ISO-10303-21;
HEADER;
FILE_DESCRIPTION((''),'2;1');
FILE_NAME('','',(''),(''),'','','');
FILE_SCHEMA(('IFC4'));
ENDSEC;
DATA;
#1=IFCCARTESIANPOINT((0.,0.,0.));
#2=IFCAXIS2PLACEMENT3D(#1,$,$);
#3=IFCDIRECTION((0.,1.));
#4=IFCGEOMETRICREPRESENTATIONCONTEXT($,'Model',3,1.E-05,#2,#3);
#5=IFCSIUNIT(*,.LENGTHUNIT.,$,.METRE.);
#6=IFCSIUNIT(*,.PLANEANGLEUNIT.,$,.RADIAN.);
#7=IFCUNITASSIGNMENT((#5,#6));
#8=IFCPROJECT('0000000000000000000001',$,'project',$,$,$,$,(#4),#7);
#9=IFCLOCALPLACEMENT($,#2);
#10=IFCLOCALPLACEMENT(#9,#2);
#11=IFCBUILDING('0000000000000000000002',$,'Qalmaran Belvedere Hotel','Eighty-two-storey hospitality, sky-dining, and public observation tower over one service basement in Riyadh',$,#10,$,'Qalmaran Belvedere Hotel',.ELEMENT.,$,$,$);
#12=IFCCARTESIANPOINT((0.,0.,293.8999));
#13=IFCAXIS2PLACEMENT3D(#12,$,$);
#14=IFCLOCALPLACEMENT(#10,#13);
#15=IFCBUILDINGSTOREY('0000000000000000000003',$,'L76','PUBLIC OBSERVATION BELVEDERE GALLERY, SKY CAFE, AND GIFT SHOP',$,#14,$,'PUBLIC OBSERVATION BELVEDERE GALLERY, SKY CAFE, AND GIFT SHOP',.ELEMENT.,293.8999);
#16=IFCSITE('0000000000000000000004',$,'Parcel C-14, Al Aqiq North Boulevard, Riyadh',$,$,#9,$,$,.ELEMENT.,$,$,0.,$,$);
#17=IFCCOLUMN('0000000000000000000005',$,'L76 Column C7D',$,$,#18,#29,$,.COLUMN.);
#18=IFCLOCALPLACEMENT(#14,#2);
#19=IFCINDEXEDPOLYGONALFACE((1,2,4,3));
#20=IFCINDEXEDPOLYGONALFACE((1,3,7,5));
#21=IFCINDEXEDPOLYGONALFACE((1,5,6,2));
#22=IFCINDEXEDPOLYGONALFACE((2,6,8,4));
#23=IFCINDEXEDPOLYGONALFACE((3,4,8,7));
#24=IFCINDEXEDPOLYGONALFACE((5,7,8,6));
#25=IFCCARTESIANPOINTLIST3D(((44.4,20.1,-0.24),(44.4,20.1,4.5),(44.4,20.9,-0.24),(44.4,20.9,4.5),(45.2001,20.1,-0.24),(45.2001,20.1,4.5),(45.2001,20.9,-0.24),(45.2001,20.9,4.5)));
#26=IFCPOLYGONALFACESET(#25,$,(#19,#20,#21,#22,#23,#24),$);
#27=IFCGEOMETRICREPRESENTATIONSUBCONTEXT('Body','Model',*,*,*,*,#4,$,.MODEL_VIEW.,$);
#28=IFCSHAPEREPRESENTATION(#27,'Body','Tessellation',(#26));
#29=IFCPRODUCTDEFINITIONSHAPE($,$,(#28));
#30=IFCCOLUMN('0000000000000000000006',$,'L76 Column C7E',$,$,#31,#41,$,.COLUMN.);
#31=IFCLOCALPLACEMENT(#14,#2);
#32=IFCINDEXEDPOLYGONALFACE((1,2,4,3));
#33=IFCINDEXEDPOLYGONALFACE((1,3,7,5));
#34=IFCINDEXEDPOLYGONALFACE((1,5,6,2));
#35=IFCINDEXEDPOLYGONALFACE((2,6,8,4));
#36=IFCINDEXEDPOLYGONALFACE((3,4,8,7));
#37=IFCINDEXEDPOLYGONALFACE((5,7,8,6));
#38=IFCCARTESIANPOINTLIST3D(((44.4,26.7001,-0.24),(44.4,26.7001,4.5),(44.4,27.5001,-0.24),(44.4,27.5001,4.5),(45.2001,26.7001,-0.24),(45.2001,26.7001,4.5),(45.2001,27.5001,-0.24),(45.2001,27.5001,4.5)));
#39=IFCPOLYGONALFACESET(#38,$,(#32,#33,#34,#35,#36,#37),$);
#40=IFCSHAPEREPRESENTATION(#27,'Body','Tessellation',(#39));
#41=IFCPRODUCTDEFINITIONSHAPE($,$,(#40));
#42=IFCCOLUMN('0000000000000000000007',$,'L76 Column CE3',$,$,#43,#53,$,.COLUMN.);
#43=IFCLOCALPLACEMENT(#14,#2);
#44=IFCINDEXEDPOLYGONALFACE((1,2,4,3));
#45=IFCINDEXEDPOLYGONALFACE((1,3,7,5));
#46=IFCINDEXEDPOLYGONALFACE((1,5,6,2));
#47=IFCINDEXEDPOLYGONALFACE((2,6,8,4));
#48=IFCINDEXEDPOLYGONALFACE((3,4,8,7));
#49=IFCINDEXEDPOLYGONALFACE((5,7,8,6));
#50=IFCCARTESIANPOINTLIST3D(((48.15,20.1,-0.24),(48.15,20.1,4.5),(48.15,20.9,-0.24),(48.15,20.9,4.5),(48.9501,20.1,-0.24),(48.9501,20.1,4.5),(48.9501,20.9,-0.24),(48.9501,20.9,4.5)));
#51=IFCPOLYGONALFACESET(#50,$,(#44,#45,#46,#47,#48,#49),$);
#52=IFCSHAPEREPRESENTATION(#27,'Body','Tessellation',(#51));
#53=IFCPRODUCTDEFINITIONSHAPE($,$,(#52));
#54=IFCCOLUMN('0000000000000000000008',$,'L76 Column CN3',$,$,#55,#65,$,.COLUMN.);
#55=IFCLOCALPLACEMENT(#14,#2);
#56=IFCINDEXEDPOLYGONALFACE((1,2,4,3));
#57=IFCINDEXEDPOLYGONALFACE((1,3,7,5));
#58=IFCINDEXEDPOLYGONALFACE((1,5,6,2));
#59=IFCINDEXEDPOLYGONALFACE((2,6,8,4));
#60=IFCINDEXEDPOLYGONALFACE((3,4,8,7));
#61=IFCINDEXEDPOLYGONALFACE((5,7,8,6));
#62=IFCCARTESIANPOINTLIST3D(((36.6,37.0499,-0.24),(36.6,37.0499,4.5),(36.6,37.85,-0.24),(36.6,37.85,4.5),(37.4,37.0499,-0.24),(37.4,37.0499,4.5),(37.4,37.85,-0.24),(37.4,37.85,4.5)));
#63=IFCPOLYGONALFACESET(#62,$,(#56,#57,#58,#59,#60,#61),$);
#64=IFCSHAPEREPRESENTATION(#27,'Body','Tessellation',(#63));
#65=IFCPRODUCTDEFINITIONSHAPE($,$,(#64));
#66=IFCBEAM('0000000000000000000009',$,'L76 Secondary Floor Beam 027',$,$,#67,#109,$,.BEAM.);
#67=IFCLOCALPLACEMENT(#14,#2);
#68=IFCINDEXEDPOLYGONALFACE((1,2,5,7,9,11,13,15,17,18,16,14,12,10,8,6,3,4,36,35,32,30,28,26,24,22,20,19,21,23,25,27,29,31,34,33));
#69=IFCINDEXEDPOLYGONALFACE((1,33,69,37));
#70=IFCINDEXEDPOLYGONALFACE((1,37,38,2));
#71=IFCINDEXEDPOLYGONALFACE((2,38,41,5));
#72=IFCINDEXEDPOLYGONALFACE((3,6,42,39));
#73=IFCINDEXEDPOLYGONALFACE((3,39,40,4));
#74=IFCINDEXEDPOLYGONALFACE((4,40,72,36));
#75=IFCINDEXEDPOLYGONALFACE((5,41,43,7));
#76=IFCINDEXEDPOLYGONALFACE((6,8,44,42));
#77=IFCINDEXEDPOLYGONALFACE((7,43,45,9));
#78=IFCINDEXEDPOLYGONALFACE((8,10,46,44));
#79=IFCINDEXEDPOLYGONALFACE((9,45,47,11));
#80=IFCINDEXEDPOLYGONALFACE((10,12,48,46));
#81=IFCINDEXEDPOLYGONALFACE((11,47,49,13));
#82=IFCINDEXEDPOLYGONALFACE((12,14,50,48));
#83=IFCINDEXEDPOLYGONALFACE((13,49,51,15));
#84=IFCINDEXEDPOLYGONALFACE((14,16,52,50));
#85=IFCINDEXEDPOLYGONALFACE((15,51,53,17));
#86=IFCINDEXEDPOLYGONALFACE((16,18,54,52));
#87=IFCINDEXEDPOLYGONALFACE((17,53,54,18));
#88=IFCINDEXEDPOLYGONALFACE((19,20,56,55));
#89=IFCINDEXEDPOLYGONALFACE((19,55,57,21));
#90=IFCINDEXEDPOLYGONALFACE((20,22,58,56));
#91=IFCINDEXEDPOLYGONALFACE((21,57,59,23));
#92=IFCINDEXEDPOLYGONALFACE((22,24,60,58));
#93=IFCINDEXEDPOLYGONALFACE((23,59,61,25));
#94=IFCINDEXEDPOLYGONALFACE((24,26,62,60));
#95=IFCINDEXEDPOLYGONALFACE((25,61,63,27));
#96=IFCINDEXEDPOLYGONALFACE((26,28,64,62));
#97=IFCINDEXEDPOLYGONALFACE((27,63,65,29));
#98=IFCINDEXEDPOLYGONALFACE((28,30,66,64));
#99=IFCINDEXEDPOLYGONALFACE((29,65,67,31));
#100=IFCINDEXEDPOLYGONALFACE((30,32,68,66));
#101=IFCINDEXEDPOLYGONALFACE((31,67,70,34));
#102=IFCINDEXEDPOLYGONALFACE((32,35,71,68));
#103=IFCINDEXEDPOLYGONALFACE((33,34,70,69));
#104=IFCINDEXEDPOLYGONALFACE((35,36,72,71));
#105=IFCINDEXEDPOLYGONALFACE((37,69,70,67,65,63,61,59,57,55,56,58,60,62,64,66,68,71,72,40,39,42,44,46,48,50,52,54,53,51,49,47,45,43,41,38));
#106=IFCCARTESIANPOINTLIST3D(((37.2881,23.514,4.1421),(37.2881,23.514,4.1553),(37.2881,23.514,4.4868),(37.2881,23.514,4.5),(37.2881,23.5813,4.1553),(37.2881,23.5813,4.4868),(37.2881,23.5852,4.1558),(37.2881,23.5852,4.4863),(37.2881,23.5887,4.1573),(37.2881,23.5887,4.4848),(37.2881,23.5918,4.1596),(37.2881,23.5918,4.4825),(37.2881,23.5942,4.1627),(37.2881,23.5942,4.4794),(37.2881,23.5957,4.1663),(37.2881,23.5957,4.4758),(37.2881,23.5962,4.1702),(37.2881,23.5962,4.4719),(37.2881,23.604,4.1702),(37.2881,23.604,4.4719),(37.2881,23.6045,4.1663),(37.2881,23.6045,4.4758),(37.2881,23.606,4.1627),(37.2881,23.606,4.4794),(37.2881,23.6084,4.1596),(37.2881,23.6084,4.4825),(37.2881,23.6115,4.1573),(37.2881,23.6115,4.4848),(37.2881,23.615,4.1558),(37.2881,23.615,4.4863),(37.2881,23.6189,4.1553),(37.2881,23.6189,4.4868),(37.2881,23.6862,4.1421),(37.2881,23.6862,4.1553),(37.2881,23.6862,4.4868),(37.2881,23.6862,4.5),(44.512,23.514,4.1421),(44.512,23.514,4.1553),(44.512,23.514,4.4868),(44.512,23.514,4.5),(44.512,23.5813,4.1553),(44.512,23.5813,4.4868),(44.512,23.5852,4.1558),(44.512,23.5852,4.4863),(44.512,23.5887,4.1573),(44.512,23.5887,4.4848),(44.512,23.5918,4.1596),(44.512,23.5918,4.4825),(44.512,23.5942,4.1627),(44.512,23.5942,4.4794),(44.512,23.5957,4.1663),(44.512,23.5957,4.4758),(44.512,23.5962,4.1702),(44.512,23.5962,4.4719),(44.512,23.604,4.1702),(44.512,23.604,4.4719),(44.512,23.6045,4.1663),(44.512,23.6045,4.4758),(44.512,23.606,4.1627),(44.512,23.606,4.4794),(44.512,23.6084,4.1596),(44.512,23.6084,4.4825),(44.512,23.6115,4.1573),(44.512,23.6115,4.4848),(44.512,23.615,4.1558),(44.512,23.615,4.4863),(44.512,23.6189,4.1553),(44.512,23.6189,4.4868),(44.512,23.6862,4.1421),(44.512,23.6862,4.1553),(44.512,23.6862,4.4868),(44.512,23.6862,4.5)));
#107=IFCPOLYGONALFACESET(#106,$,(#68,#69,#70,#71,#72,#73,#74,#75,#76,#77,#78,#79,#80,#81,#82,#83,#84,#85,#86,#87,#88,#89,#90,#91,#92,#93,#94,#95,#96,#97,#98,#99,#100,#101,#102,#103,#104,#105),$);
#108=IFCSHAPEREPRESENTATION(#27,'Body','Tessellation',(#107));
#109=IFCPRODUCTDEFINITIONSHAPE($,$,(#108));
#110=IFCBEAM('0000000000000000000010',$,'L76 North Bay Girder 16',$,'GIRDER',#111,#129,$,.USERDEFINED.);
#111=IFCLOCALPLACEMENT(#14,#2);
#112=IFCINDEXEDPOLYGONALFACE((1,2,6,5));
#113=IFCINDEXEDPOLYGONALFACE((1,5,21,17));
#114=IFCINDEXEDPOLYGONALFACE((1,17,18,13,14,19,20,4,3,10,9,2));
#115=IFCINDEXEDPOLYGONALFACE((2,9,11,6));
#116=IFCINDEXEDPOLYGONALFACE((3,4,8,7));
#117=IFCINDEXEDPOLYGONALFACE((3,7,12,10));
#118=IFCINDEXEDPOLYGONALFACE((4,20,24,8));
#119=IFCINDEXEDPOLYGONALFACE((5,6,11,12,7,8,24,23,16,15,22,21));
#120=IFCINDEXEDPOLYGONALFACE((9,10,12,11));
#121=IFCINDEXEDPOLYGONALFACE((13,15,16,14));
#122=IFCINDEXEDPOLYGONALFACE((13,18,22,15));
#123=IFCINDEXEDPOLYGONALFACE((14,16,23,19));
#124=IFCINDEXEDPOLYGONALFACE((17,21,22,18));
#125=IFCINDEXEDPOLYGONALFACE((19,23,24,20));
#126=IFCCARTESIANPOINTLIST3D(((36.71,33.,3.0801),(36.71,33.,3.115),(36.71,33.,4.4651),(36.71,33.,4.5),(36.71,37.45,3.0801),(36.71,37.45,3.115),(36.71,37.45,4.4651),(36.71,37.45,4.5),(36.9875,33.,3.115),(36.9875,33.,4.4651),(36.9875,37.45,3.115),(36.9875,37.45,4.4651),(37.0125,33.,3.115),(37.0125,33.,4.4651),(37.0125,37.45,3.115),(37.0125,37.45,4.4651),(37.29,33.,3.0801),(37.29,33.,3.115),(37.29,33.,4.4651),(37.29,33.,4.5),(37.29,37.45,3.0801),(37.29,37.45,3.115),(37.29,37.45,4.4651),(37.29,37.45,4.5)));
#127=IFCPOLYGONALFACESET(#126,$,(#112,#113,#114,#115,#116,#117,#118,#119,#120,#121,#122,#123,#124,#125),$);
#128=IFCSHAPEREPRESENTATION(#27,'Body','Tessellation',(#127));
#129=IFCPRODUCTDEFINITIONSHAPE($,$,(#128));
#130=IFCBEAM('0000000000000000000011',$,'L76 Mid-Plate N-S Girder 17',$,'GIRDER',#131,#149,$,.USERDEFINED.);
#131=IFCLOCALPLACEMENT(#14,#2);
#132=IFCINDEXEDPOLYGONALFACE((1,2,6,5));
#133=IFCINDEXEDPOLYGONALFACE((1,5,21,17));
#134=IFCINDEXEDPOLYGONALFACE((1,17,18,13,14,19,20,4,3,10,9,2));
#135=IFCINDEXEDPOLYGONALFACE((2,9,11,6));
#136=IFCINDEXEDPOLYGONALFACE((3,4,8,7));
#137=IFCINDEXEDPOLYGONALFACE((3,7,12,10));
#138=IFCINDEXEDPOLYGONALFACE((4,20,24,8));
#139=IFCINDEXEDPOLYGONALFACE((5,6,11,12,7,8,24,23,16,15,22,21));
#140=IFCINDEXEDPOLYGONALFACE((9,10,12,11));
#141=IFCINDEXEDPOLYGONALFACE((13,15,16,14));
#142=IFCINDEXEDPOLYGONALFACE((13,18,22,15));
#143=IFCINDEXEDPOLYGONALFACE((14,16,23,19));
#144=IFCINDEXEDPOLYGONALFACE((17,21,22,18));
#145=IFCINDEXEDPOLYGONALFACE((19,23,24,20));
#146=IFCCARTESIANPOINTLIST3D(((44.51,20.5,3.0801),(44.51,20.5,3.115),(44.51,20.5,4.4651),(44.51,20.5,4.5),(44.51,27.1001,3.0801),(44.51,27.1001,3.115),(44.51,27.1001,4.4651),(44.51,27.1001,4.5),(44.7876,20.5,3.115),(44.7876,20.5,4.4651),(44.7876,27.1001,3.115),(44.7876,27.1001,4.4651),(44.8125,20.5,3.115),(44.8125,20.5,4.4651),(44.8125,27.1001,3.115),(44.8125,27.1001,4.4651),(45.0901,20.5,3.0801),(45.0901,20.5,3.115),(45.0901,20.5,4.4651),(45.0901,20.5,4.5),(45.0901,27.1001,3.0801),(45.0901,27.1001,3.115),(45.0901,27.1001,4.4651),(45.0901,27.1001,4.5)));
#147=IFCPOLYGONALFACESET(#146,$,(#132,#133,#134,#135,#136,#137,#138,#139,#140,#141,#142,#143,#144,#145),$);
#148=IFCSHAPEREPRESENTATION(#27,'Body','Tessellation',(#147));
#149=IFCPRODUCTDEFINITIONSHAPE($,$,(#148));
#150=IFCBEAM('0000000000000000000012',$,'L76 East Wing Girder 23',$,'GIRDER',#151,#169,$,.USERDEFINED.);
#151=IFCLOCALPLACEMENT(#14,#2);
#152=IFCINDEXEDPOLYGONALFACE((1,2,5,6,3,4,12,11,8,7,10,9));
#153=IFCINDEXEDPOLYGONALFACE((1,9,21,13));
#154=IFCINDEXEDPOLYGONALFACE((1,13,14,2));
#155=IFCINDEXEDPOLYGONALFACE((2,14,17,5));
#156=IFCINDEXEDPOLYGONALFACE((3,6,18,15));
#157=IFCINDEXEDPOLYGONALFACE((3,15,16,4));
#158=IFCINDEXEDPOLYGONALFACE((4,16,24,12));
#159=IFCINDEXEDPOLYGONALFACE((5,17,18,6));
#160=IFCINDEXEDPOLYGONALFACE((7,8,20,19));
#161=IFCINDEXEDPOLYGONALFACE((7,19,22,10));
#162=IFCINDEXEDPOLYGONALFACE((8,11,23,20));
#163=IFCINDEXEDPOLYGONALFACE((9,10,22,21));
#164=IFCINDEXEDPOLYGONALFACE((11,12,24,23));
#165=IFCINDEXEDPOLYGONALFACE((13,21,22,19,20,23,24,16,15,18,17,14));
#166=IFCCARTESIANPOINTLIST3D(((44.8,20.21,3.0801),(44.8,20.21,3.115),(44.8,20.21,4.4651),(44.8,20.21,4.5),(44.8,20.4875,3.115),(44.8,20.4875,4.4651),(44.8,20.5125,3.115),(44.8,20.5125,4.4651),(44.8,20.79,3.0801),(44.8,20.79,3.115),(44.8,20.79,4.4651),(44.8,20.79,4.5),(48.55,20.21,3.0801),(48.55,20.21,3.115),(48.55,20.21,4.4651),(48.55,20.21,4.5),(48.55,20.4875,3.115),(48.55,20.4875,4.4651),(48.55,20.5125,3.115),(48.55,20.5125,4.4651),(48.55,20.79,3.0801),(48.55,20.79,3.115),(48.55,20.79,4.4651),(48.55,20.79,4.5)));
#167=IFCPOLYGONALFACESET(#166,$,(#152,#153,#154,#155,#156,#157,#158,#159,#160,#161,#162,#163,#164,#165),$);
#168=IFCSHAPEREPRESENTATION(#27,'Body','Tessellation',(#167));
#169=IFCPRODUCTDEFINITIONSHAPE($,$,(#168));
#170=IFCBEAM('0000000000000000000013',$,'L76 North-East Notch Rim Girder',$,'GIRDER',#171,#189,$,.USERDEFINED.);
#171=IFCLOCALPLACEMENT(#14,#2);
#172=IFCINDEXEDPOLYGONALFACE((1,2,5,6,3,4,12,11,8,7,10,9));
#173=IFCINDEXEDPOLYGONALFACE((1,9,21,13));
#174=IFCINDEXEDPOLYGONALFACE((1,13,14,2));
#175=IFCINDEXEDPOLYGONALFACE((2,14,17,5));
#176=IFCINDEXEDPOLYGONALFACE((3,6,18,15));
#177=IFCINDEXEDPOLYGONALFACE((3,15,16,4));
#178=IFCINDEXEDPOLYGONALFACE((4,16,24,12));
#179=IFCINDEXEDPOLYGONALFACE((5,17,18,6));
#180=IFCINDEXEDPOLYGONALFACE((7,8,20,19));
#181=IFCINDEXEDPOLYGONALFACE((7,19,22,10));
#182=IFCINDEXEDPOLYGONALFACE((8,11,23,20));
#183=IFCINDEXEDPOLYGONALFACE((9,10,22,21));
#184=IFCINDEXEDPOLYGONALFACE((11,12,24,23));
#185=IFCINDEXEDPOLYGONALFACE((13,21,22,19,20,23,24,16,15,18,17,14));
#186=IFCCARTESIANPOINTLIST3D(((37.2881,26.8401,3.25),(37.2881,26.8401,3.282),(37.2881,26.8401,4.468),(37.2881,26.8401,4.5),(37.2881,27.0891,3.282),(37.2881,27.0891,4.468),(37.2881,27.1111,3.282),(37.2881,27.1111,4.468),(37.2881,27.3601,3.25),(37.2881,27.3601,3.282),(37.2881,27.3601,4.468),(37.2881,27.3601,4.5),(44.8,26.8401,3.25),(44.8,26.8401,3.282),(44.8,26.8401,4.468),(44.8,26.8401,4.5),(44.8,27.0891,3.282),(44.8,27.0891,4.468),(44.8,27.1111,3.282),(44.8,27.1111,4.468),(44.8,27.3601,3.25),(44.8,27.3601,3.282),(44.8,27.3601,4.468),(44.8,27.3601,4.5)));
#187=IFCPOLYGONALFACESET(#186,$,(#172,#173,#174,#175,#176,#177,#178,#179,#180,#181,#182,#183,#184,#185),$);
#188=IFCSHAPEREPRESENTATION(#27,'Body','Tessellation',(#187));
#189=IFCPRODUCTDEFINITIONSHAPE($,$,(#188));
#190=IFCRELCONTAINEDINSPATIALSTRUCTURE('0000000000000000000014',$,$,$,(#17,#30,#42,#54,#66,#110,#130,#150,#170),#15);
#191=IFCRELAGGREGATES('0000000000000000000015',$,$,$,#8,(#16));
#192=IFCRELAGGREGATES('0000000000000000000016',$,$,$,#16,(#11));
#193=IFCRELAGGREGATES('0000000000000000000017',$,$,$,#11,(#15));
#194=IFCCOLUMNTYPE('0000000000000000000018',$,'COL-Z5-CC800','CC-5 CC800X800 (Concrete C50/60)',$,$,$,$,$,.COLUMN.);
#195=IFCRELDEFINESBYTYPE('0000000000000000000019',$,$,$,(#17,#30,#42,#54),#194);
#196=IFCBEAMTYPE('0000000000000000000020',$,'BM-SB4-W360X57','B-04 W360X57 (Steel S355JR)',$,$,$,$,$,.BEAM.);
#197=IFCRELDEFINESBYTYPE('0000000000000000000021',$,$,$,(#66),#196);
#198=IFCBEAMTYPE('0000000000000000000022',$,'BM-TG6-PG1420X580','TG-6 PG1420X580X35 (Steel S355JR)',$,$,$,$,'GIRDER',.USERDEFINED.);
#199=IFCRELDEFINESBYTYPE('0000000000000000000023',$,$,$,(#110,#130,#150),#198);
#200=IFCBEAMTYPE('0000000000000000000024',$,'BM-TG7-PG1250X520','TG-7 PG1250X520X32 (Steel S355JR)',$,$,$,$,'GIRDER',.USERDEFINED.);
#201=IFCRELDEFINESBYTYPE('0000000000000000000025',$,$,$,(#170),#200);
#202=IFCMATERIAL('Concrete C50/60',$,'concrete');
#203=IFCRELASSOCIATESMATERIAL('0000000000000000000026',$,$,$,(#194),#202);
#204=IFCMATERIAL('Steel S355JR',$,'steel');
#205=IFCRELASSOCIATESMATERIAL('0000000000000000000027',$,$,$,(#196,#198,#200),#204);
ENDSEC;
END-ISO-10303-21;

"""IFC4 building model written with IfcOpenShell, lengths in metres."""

from ifc_helpers import new_model, si_unit, direction, frame, origin, origin_2d, place, context, subcontext, project, spatial, rectangle, i_section, extrude, material, material_profile, profile_set, type_object, element, save


model = new_model("IFC4")

# Units and contexts
model_context = context("Model", 3, precision=1e-05, world=origin(), true_north=direction((0.0, 1.0)))
body_context = subcontext(model_context, "Body", "Model", "MODEL_VIEW")
ifc_project = project(units=[si_unit("LENGTHUNIT", "METRE"), si_unit("PLANEANGLEUNIT", "RADIAN")], contexts=[model_context])

# Site, building, storey
site_placement = place(None, origin())
site = spatial("IfcSite", under=ifc_project, at=site_placement, Name="Parcel C-14, Al Aqiq North Boulevard, Riyadh", CompositionType="ELEMENT", RefElevation=0.0)
building_placement = place(site_placement, origin())
building = spatial("IfcBuilding", under=site, at=building_placement, Name="Qalmaran Belvedere Hotel", Description="Eighty-two-storey hospitality, sky-dining, and public observation tower over one service basement in Riyadh", LongName="Qalmaran Belvedere Hotel", CompositionType="ELEMENT")
storey_placement = place(building_placement, frame((0.0, 0.0, 293.8999)))
storey = spatial("IfcBuildingStorey", under=building, at=storey_placement, Name="L76", Description="PUBLIC OBSERVATION BELVEDERE GALLERY, SKY CAFE, AND GIFT SHOP", LongName="PUBLIC OBSERVATION BELVEDERE GALLERY, SKY CAFE, AND GIFT SHOP", CompositionType="ELEMENT", Elevation=293.8999)

# Columns
ifc_material_1 = material(Name="Concrete C50/60", Category="concrete")
ifc_material_profile_1 = material_profile(ifc_material_1, rectangle(XDim=0.8, YDim=0.8, at=origin_2d()), Name="CC800X800")
ifc_profile_set_1 = profile_set([ifc_material_profile_1], Name="Concrete C50/60")
column_type = type_object("IfcColumnType", Name="COL-Z5-CC800", Description="CC-5 CC800X800 (Concrete C50/60)", PredefinedType="COLUMN", material=ifc_profile_set_1)
for number, where, z_axis, x_axis, name in (
    (1, (44.8, 20.5, -0.24), (0.0, 0.0, 1.0), (1.0, 0.0, 0.0), "L76 Column C7D"),
    (2, (44.8, 27.1001, -0.24), (0.0, 0.0, 1.0), (1.0, 0.0, 0.0), "L76 Column C7E"),
    (3, (48.55, 20.5, -0.24), (0.0, 0.0, 1.0), (1.0, 0.0, 0.0), "L76 Column CE3"),
    (4, (37.0, 37.45, -0.24), (0.0, 0.0, 1.0), (1.0, 0.0, 0.0), "L76 Column CN3"),
):
    element("IfcColumn", number, at=place(storey_placement, frame(where, z_axis=z_axis, x_axis=x_axis)), inside=storey, type_object=column_type, Name=name, PredefinedType="COLUMN", context=body_context, shape_type="SweptSolid", body=[
        extrude(rectangle(XDim=0.8, YDim=0.8, at=origin_2d()), origin(), (0.0, 0.0, 1.0), 4.74),
    ])

# Beams
ifc_material_2 = material(Name="Steel S355JR", Category="steel")
ifc_material_profile_2 = material_profile(ifc_material_2, i_section(OverallWidth=0.1721, OverallDepth=0.3579, WebThickness=0.0078, FlangeThickness=0.0132, FilletRadius=0.0149, at=origin_2d()), Name="W360X57")
ifc_profile_set_2 = profile_set([ifc_material_profile_2], Name="Steel S355JR")
beam_type_1 = type_object("IfcBeamType", Name="BM-SB4-W360X57", Description="B-04 W360X57 (Steel S355JR)", PredefinedType="BEAM", material=ifc_profile_set_2)
beam_1_placement = place(storey_placement, frame((37.2881, 23.6001, 4.321), z_axis=(1.0, 0.0, 0.0), x_axis=(0.0, 1.0, 0.0)))
element("IfcBeam", 5, at=beam_1_placement, inside=storey, type_object=beam_type_1, Name="L76 Secondary Floor Beam 027", PredefinedType="BEAM", context=body_context, shape_type="SweptSolid", body=[
    extrude(i_section(OverallWidth=0.1721, OverallDepth=0.3579, WebThickness=0.0078, FlangeThickness=0.0132, FilletRadius=0.0149, at=origin_2d()), origin(), (0.0, 0.0, 1.0), 7.2239),
])
ifc_material_profile_3 = material_profile(ifc_material_2, i_section(OverallWidth=0.5801, OverallDepth=1.4199, WebThickness=0.0249, FlangeThickness=0.0349, at=origin_2d()), Name="PG1420X580X35")
ifc_profile_set_3 = profile_set([ifc_material_profile_3], Name="Steel S355JR")
beam_type_2 = type_object("IfcBeamType", Name="BM-TG6-PG1420X580", Description="TG-6 PG1420X580X35 (Steel S355JR)", ElementType="GIRDER", PredefinedType="USERDEFINED", material=ifc_profile_set_3)
beam_2_placement = place(storey_placement, frame((37.0, 33.0, 3.79), z_axis=(0.0, 1.0, 0.0), x_axis=(-1.0, 0.0, 0.0)))
element("IfcBeam", 6, at=beam_2_placement, inside=storey, type_object=beam_type_2, Name="L76 North Bay Girder 16", ObjectType="GIRDER", PredefinedType="USERDEFINED", context=body_context, shape_type="SweptSolid", body=[
    extrude(i_section(OverallWidth=0.5801, OverallDepth=1.4199, WebThickness=0.0249, FlangeThickness=0.0349, at=origin_2d()), origin(), (0.0, 0.0, 1.0), 4.45),
])
beam_3_placement = place(storey_placement, frame((44.8, 20.5, 3.79), z_axis=(0.0, 1.0, 0.0), x_axis=(-1.0, 0.0, 0.0)))
element("IfcBeam", 7, at=beam_3_placement, inside=storey, type_object=beam_type_2, Name="L76 Mid-Plate N-S Girder 17", ObjectType="GIRDER", PredefinedType="USERDEFINED", context=body_context, shape_type="SweptSolid", body=[
    extrude(i_section(OverallWidth=0.5801, OverallDepth=1.4199, WebThickness=0.0249, FlangeThickness=0.0349, at=origin_2d()), origin(), (0.0, 0.0, 1.0), 6.6001),
])
beam_4_placement = place(storey_placement, frame((44.8, 20.5, 3.79), z_axis=(1.0, 0.0, 0.0), x_axis=(0.0, 1.0, 0.0)))
element("IfcBeam", 8, at=beam_4_placement, inside=storey, type_object=beam_type_2, Name="L76 East Wing Girder 23", ObjectType="GIRDER", PredefinedType="USERDEFINED", context=body_context, shape_type="SweptSolid", body=[
    extrude(i_section(OverallWidth=0.5801, OverallDepth=1.4199, WebThickness=0.0249, FlangeThickness=0.0349, at=origin_2d()), origin(), (0.0, 0.0, 1.0), 3.75),
])
ifc_material_profile_4 = material_profile(ifc_material_2, i_section(OverallWidth=0.52, OverallDepth=1.25, WebThickness=0.022, FlangeThickness=0.032, at=origin_2d()), Name="PG1250X520X32")
ifc_profile_set_4 = profile_set([ifc_material_profile_4], Name="Steel S355JR")
beam_type_3 = type_object("IfcBeamType", Name="BM-TG7-PG1250X520", Description="TG-7 PG1250X520X32 (Steel S355JR)", ElementType="GIRDER", PredefinedType="USERDEFINED", material=ifc_profile_set_4)
beam_5_placement = place(storey_placement, frame((37.2881, 27.1001, 3.875), z_axis=(1.0, 0.0, 0.0), x_axis=(0.0, 1.0, 0.0)))
element("IfcBeam", 9, at=beam_5_placement, inside=storey, type_object=beam_type_3, Name="L76 North-East Notch Rim Girder", ObjectType="GIRDER", PredefinedType="USERDEFINED", context=body_context, shape_type="SweptSolid", body=[
    extrude(i_section(OverallWidth=0.52, OverallDepth=1.25, WebThickness=0.022, FlangeThickness=0.032, at=origin_2d()), origin(), (0.0, 0.0, 1.0), 7.512),
])

save(model, "model.ifc")
